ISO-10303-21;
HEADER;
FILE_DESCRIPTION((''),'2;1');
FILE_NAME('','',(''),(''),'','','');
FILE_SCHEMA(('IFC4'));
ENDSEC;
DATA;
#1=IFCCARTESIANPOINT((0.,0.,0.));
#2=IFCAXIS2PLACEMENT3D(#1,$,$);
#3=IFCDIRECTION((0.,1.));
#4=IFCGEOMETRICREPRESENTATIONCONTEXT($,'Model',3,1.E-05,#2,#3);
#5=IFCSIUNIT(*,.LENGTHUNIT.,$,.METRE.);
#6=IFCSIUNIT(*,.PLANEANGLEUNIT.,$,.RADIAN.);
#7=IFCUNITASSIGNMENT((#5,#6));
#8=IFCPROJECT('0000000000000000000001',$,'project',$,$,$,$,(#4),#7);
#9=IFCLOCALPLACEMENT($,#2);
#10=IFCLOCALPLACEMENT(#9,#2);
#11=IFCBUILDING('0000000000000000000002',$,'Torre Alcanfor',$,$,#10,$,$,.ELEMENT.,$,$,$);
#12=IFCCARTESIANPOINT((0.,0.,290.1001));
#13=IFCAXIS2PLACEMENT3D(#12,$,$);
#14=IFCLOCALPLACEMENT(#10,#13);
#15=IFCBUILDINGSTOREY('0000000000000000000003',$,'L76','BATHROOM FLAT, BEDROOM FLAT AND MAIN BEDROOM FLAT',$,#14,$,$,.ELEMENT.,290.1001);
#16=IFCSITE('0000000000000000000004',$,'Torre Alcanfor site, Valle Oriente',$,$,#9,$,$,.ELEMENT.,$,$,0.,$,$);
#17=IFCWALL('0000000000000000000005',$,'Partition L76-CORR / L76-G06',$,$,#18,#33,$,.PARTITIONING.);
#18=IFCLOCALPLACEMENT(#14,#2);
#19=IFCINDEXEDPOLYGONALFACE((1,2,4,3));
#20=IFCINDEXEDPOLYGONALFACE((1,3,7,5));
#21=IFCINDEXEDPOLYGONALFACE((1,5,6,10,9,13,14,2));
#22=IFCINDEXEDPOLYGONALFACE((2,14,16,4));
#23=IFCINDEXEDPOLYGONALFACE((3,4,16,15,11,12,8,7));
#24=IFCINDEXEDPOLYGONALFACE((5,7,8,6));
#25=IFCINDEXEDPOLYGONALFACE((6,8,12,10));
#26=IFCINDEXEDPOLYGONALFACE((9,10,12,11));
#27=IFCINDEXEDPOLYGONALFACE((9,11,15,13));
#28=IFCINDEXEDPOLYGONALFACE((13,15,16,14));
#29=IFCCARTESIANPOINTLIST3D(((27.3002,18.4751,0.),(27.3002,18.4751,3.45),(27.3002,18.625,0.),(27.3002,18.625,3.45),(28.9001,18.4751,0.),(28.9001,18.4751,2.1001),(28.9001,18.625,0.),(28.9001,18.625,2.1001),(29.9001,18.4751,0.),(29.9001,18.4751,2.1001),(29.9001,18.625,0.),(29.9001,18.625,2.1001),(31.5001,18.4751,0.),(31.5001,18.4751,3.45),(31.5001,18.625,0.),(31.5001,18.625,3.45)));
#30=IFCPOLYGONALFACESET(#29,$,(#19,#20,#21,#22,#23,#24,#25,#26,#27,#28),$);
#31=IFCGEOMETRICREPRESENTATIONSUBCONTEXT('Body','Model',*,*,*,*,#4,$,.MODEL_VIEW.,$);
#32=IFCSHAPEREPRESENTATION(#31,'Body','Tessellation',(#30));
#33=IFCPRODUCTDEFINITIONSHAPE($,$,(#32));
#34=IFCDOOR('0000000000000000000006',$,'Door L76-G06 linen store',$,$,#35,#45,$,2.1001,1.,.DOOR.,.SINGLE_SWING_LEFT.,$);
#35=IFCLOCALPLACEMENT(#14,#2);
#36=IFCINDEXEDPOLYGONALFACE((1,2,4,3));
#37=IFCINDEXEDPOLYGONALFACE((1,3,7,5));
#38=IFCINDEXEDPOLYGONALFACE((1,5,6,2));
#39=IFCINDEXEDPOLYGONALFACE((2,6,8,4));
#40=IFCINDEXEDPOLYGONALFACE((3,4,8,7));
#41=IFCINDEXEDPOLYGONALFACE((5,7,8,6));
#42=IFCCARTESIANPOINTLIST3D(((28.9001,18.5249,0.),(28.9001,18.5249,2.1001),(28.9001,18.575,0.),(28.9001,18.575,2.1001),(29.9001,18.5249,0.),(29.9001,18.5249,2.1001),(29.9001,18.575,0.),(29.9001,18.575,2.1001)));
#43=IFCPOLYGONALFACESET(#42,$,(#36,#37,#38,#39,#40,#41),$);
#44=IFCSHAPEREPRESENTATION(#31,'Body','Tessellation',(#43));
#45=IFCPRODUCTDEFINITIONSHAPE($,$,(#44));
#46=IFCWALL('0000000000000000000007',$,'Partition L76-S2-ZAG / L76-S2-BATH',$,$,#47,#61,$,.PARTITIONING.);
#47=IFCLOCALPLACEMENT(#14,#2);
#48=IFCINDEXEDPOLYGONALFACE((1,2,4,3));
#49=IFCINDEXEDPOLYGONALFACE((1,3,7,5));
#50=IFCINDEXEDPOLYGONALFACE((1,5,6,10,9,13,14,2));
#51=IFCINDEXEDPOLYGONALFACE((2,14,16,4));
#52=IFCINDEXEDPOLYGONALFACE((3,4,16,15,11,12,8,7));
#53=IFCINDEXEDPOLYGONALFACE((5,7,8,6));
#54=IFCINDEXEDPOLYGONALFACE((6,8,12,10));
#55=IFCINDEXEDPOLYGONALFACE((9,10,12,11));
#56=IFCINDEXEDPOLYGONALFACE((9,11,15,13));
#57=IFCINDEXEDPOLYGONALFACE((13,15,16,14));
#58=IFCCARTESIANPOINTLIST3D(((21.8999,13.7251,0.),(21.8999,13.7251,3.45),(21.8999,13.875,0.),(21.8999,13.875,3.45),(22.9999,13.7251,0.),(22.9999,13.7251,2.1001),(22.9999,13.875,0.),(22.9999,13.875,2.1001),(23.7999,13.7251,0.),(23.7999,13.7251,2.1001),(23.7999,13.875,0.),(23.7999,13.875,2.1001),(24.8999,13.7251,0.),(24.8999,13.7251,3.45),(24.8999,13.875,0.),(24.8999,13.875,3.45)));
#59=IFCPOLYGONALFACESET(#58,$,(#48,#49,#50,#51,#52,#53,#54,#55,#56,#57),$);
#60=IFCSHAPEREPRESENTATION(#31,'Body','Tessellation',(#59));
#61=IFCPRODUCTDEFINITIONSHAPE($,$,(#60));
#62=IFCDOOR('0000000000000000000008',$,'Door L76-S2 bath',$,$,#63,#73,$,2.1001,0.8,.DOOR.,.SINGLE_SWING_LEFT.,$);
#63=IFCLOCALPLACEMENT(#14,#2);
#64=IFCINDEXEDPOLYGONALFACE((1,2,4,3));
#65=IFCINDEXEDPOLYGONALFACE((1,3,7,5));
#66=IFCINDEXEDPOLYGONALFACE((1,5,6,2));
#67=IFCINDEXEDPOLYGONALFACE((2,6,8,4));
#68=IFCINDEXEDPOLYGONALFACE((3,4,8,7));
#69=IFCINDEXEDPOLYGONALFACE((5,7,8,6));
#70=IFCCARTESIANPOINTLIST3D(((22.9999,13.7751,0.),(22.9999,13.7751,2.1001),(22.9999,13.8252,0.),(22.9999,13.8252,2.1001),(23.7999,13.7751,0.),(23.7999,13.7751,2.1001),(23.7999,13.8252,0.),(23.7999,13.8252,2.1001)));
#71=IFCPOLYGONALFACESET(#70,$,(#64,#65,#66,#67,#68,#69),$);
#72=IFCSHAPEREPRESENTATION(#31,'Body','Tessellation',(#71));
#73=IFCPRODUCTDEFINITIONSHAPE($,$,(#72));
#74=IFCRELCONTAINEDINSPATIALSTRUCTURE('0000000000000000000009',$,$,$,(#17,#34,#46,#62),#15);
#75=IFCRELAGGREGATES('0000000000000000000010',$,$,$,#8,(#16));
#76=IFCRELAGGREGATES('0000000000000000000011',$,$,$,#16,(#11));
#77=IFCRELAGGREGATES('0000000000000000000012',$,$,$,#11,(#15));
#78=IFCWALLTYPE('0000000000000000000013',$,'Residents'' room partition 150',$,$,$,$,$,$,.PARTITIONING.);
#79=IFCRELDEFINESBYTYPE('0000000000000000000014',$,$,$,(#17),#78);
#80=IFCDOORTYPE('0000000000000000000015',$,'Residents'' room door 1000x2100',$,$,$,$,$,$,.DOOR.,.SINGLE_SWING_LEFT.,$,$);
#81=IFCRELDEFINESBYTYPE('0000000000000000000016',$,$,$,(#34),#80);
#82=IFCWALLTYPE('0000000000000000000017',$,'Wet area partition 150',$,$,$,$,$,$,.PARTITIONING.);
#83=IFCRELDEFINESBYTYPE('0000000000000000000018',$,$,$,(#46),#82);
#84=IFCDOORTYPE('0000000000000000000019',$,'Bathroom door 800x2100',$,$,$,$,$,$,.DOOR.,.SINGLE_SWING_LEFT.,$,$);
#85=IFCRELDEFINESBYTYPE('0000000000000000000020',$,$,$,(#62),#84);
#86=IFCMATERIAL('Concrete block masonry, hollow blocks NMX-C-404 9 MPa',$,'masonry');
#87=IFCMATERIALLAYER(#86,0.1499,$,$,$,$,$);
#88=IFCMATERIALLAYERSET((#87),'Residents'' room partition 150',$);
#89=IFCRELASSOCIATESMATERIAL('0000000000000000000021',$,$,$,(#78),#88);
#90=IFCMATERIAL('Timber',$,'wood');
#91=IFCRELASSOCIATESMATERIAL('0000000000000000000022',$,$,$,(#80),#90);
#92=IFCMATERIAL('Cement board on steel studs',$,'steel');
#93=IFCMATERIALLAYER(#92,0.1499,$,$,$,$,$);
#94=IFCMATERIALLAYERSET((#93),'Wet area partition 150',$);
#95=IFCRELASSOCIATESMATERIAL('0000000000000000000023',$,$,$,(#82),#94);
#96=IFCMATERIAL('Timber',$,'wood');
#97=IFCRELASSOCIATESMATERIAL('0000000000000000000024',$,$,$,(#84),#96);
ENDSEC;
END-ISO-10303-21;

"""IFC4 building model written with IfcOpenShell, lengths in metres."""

from ifc_helpers import new_model, si_unit, direction, frame, frame_2d, origin, place, context, subcontext, project, spatial, rectangle, extrude, material, layer, layer_set, type_object, element, fill, save


model = new_model("IFC4")

# Units and contexts
model_context = context("Model", 3, precision=1e-05, world=origin(), true_north=direction((0.0, 1.0)))
body_context = subcontext(model_context, "Body", "Model", "MODEL_VIEW")
ifc_project = project(units=[si_unit("LENGTHUNIT", "METRE"), si_unit("PLANEANGLEUNIT", "RADIAN")], contexts=[model_context])

# Site, building, storey
site_placement = place(None, origin())
site = spatial("IfcSite", under=ifc_project, at=site_placement, Name="Torre Alcanfor site, Valle Oriente", CompositionType="ELEMENT", RefElevation=0.0)
building_placement = place(site_placement, origin())
building = spatial("IfcBuilding", under=site, at=building_placement, Name="Torre Alcanfor", CompositionType="ELEMENT")
storey_placement = place(building_placement, frame((0.0, 0.0, 290.1001)))
storey = spatial("IfcBuildingStorey", under=building, at=storey_placement, Name="L76", Description="BATHROOM FLAT, BEDROOM FLAT AND MAIN BEDROOM FLAT", CompositionType="ELEMENT", Elevation=290.1001)

# Shared definitions
ifc_material_1 = material(Name="Concrete block masonry, hollow blocks NMX-C-404 9 MPa", Category="masonry")
ifc_layer_1 = layer(ifc_material_1, 0.1499)
ifc_layer_set_1 = layer_set([ifc_layer_1], Name="Residents' room partition 150")
wall_type_1 = type_object("IfcWallType", Name="Residents' room partition 150", PredefinedType="PARTITIONING", material=ifc_layer_set_1)
ifc_material_2 = material(Name="Timber", Category="wood")
door_type_1 = type_object("IfcDoorType", Name="Residents' room door 1000x2100", OperationType="SINGLE_SWING_LEFT", PredefinedType="DOOR", material=ifc_material_2)

# Walls, openings, doors
wall_1_placement = place(storey_placement, frame((27.3, 18.55, 0.0), z_axis=(0.0, 0.0, 1.0), x_axis=(1.0, 0.0, 0.0)))
wall_1 = element("IfcWall", 1, at=wall_1_placement, inside=storey, type_object=wall_type_1, Name="Partition L76-CORR / L76-G06", PredefinedType="PARTITIONING", context=body_context, shape_type="SweptSolid", body=[
    extrude(rectangle(XDim=4.2, YDim=0.1499, at=frame_2d((2.1001, 0.0))), origin(), (0.0, 0.0, 1.0), 3.45),
])
opening_1_placement = place(wall_1_placement, frame((1.6001, 0.0, 0.0)))
opening_1 = element("IfcOpeningElement", 2, at=opening_1_placement, cuts=wall_1, PredefinedType="OPENING", context=body_context, shape_type="SweptSolid", body=[
    extrude(rectangle(XDim=1.0, YDim=2.1001, at=frame_2d((0.5, 1.05))), frame((0.0, 0.085, 0.0), z_axis=(0.0, -1.0, 0.0), x_axis=(1.0, 0.0, 0.0)), (0.0, 0.0, 1.0), 0.1699),
])
door_1_placement = place(opening_1_placement, origin())
door_1 = element("IfcDoor", 3, at=door_1_placement, inside=storey, type_object=door_type_1, Name="Door L76-G06 linen store", OperationType="SINGLE_SWING_LEFT", OverallHeight=2.1001, OverallWidth=1.0, PredefinedType="DOOR", context=body_context, shape_type="SweptSolid", body=[
    extrude(rectangle(XDim=1.0, YDim=2.1001, at=frame_2d((0.5, 1.05))), frame((0.0, 0.0249, 0.0), z_axis=(0.0, -1.0, 0.0), x_axis=(1.0, 0.0, 0.0)), (0.0, 0.0, 1.0), 0.05),
])
fill(opening_1, door_1)
ifc_material_3 = material(Name="Cement board on steel studs", Category="steel")
ifc_layer_2 = layer(ifc_material_3, 0.1499)
ifc_layer_set_2 = layer_set([ifc_layer_2], Name="Wet area partition 150")
wall_type_2 = type_object("IfcWallType", Name="Wet area partition 150", PredefinedType="PARTITIONING", material=ifc_layer_set_2)
wall_2_placement = place(storey_placement, frame((24.8999, 13.8, 0.0), z_axis=(0.0, 0.0, 1.0), x_axis=(-1.0, 0.0, 0.0)))
wall_2 = element("IfcWall", 4, at=wall_2_placement, inside=storey, type_object=wall_type_2, Name="Partition L76-S2-ZAG / L76-S2-BATH", PredefinedType="PARTITIONING", context=body_context, shape_type="SweptSolid", body=[
    extrude(rectangle(XDim=3.0, YDim=0.1499, at=frame_2d((1.5, 0.0))), origin(), (0.0, 0.0, 1.0), 3.45),
])
opening_2_placement = place(wall_2_placement, frame((1.1001, 0.0, 0.0)))
opening_2 = element("IfcOpeningElement", 5, at=opening_2_placement, cuts=wall_2, PredefinedType="OPENING", context=body_context, shape_type="SweptSolid", body=[
    extrude(rectangle(XDim=0.8, YDim=2.1001, at=frame_2d((0.3999, 1.05))), frame((0.0, 0.085, 0.0), z_axis=(0.0, -1.0, 0.0), x_axis=(1.0, 0.0, 0.0)), (0.0, 0.0, 1.0), 0.1699),
])
ifc_material_4 = material(Name="Timber", Category="wood")
door_type_2 = type_object("IfcDoorType", Name="Bathroom door 800x2100", OperationType="SINGLE_SWING_LEFT", PredefinedType="DOOR", material=ifc_material_4)
door_2_placement = place(opening_2_placement, origin())
door_2 = element("IfcDoor", 6, at=door_2_placement, inside=storey, type_object=door_type_2, Name="Door L76-S2 bath", OperationType="SINGLE_SWING_LEFT", OverallHeight=2.1001, OverallWidth=0.8, PredefinedType="DOOR", context=body_context, shape_type="SweptSolid", body=[
    extrude(rectangle(XDim=0.8, YDim=2.1001, at=frame_2d((0.3999, 1.05))), frame((0.0, 0.0249, 0.0), z_axis=(0.0, -1.0, 0.0), x_axis=(1.0, 0.0, 0.0)), (0.0, 0.0, 1.0), 0.05),
])
fill(opening_2, door_2)

save(model, "model.ifc")
